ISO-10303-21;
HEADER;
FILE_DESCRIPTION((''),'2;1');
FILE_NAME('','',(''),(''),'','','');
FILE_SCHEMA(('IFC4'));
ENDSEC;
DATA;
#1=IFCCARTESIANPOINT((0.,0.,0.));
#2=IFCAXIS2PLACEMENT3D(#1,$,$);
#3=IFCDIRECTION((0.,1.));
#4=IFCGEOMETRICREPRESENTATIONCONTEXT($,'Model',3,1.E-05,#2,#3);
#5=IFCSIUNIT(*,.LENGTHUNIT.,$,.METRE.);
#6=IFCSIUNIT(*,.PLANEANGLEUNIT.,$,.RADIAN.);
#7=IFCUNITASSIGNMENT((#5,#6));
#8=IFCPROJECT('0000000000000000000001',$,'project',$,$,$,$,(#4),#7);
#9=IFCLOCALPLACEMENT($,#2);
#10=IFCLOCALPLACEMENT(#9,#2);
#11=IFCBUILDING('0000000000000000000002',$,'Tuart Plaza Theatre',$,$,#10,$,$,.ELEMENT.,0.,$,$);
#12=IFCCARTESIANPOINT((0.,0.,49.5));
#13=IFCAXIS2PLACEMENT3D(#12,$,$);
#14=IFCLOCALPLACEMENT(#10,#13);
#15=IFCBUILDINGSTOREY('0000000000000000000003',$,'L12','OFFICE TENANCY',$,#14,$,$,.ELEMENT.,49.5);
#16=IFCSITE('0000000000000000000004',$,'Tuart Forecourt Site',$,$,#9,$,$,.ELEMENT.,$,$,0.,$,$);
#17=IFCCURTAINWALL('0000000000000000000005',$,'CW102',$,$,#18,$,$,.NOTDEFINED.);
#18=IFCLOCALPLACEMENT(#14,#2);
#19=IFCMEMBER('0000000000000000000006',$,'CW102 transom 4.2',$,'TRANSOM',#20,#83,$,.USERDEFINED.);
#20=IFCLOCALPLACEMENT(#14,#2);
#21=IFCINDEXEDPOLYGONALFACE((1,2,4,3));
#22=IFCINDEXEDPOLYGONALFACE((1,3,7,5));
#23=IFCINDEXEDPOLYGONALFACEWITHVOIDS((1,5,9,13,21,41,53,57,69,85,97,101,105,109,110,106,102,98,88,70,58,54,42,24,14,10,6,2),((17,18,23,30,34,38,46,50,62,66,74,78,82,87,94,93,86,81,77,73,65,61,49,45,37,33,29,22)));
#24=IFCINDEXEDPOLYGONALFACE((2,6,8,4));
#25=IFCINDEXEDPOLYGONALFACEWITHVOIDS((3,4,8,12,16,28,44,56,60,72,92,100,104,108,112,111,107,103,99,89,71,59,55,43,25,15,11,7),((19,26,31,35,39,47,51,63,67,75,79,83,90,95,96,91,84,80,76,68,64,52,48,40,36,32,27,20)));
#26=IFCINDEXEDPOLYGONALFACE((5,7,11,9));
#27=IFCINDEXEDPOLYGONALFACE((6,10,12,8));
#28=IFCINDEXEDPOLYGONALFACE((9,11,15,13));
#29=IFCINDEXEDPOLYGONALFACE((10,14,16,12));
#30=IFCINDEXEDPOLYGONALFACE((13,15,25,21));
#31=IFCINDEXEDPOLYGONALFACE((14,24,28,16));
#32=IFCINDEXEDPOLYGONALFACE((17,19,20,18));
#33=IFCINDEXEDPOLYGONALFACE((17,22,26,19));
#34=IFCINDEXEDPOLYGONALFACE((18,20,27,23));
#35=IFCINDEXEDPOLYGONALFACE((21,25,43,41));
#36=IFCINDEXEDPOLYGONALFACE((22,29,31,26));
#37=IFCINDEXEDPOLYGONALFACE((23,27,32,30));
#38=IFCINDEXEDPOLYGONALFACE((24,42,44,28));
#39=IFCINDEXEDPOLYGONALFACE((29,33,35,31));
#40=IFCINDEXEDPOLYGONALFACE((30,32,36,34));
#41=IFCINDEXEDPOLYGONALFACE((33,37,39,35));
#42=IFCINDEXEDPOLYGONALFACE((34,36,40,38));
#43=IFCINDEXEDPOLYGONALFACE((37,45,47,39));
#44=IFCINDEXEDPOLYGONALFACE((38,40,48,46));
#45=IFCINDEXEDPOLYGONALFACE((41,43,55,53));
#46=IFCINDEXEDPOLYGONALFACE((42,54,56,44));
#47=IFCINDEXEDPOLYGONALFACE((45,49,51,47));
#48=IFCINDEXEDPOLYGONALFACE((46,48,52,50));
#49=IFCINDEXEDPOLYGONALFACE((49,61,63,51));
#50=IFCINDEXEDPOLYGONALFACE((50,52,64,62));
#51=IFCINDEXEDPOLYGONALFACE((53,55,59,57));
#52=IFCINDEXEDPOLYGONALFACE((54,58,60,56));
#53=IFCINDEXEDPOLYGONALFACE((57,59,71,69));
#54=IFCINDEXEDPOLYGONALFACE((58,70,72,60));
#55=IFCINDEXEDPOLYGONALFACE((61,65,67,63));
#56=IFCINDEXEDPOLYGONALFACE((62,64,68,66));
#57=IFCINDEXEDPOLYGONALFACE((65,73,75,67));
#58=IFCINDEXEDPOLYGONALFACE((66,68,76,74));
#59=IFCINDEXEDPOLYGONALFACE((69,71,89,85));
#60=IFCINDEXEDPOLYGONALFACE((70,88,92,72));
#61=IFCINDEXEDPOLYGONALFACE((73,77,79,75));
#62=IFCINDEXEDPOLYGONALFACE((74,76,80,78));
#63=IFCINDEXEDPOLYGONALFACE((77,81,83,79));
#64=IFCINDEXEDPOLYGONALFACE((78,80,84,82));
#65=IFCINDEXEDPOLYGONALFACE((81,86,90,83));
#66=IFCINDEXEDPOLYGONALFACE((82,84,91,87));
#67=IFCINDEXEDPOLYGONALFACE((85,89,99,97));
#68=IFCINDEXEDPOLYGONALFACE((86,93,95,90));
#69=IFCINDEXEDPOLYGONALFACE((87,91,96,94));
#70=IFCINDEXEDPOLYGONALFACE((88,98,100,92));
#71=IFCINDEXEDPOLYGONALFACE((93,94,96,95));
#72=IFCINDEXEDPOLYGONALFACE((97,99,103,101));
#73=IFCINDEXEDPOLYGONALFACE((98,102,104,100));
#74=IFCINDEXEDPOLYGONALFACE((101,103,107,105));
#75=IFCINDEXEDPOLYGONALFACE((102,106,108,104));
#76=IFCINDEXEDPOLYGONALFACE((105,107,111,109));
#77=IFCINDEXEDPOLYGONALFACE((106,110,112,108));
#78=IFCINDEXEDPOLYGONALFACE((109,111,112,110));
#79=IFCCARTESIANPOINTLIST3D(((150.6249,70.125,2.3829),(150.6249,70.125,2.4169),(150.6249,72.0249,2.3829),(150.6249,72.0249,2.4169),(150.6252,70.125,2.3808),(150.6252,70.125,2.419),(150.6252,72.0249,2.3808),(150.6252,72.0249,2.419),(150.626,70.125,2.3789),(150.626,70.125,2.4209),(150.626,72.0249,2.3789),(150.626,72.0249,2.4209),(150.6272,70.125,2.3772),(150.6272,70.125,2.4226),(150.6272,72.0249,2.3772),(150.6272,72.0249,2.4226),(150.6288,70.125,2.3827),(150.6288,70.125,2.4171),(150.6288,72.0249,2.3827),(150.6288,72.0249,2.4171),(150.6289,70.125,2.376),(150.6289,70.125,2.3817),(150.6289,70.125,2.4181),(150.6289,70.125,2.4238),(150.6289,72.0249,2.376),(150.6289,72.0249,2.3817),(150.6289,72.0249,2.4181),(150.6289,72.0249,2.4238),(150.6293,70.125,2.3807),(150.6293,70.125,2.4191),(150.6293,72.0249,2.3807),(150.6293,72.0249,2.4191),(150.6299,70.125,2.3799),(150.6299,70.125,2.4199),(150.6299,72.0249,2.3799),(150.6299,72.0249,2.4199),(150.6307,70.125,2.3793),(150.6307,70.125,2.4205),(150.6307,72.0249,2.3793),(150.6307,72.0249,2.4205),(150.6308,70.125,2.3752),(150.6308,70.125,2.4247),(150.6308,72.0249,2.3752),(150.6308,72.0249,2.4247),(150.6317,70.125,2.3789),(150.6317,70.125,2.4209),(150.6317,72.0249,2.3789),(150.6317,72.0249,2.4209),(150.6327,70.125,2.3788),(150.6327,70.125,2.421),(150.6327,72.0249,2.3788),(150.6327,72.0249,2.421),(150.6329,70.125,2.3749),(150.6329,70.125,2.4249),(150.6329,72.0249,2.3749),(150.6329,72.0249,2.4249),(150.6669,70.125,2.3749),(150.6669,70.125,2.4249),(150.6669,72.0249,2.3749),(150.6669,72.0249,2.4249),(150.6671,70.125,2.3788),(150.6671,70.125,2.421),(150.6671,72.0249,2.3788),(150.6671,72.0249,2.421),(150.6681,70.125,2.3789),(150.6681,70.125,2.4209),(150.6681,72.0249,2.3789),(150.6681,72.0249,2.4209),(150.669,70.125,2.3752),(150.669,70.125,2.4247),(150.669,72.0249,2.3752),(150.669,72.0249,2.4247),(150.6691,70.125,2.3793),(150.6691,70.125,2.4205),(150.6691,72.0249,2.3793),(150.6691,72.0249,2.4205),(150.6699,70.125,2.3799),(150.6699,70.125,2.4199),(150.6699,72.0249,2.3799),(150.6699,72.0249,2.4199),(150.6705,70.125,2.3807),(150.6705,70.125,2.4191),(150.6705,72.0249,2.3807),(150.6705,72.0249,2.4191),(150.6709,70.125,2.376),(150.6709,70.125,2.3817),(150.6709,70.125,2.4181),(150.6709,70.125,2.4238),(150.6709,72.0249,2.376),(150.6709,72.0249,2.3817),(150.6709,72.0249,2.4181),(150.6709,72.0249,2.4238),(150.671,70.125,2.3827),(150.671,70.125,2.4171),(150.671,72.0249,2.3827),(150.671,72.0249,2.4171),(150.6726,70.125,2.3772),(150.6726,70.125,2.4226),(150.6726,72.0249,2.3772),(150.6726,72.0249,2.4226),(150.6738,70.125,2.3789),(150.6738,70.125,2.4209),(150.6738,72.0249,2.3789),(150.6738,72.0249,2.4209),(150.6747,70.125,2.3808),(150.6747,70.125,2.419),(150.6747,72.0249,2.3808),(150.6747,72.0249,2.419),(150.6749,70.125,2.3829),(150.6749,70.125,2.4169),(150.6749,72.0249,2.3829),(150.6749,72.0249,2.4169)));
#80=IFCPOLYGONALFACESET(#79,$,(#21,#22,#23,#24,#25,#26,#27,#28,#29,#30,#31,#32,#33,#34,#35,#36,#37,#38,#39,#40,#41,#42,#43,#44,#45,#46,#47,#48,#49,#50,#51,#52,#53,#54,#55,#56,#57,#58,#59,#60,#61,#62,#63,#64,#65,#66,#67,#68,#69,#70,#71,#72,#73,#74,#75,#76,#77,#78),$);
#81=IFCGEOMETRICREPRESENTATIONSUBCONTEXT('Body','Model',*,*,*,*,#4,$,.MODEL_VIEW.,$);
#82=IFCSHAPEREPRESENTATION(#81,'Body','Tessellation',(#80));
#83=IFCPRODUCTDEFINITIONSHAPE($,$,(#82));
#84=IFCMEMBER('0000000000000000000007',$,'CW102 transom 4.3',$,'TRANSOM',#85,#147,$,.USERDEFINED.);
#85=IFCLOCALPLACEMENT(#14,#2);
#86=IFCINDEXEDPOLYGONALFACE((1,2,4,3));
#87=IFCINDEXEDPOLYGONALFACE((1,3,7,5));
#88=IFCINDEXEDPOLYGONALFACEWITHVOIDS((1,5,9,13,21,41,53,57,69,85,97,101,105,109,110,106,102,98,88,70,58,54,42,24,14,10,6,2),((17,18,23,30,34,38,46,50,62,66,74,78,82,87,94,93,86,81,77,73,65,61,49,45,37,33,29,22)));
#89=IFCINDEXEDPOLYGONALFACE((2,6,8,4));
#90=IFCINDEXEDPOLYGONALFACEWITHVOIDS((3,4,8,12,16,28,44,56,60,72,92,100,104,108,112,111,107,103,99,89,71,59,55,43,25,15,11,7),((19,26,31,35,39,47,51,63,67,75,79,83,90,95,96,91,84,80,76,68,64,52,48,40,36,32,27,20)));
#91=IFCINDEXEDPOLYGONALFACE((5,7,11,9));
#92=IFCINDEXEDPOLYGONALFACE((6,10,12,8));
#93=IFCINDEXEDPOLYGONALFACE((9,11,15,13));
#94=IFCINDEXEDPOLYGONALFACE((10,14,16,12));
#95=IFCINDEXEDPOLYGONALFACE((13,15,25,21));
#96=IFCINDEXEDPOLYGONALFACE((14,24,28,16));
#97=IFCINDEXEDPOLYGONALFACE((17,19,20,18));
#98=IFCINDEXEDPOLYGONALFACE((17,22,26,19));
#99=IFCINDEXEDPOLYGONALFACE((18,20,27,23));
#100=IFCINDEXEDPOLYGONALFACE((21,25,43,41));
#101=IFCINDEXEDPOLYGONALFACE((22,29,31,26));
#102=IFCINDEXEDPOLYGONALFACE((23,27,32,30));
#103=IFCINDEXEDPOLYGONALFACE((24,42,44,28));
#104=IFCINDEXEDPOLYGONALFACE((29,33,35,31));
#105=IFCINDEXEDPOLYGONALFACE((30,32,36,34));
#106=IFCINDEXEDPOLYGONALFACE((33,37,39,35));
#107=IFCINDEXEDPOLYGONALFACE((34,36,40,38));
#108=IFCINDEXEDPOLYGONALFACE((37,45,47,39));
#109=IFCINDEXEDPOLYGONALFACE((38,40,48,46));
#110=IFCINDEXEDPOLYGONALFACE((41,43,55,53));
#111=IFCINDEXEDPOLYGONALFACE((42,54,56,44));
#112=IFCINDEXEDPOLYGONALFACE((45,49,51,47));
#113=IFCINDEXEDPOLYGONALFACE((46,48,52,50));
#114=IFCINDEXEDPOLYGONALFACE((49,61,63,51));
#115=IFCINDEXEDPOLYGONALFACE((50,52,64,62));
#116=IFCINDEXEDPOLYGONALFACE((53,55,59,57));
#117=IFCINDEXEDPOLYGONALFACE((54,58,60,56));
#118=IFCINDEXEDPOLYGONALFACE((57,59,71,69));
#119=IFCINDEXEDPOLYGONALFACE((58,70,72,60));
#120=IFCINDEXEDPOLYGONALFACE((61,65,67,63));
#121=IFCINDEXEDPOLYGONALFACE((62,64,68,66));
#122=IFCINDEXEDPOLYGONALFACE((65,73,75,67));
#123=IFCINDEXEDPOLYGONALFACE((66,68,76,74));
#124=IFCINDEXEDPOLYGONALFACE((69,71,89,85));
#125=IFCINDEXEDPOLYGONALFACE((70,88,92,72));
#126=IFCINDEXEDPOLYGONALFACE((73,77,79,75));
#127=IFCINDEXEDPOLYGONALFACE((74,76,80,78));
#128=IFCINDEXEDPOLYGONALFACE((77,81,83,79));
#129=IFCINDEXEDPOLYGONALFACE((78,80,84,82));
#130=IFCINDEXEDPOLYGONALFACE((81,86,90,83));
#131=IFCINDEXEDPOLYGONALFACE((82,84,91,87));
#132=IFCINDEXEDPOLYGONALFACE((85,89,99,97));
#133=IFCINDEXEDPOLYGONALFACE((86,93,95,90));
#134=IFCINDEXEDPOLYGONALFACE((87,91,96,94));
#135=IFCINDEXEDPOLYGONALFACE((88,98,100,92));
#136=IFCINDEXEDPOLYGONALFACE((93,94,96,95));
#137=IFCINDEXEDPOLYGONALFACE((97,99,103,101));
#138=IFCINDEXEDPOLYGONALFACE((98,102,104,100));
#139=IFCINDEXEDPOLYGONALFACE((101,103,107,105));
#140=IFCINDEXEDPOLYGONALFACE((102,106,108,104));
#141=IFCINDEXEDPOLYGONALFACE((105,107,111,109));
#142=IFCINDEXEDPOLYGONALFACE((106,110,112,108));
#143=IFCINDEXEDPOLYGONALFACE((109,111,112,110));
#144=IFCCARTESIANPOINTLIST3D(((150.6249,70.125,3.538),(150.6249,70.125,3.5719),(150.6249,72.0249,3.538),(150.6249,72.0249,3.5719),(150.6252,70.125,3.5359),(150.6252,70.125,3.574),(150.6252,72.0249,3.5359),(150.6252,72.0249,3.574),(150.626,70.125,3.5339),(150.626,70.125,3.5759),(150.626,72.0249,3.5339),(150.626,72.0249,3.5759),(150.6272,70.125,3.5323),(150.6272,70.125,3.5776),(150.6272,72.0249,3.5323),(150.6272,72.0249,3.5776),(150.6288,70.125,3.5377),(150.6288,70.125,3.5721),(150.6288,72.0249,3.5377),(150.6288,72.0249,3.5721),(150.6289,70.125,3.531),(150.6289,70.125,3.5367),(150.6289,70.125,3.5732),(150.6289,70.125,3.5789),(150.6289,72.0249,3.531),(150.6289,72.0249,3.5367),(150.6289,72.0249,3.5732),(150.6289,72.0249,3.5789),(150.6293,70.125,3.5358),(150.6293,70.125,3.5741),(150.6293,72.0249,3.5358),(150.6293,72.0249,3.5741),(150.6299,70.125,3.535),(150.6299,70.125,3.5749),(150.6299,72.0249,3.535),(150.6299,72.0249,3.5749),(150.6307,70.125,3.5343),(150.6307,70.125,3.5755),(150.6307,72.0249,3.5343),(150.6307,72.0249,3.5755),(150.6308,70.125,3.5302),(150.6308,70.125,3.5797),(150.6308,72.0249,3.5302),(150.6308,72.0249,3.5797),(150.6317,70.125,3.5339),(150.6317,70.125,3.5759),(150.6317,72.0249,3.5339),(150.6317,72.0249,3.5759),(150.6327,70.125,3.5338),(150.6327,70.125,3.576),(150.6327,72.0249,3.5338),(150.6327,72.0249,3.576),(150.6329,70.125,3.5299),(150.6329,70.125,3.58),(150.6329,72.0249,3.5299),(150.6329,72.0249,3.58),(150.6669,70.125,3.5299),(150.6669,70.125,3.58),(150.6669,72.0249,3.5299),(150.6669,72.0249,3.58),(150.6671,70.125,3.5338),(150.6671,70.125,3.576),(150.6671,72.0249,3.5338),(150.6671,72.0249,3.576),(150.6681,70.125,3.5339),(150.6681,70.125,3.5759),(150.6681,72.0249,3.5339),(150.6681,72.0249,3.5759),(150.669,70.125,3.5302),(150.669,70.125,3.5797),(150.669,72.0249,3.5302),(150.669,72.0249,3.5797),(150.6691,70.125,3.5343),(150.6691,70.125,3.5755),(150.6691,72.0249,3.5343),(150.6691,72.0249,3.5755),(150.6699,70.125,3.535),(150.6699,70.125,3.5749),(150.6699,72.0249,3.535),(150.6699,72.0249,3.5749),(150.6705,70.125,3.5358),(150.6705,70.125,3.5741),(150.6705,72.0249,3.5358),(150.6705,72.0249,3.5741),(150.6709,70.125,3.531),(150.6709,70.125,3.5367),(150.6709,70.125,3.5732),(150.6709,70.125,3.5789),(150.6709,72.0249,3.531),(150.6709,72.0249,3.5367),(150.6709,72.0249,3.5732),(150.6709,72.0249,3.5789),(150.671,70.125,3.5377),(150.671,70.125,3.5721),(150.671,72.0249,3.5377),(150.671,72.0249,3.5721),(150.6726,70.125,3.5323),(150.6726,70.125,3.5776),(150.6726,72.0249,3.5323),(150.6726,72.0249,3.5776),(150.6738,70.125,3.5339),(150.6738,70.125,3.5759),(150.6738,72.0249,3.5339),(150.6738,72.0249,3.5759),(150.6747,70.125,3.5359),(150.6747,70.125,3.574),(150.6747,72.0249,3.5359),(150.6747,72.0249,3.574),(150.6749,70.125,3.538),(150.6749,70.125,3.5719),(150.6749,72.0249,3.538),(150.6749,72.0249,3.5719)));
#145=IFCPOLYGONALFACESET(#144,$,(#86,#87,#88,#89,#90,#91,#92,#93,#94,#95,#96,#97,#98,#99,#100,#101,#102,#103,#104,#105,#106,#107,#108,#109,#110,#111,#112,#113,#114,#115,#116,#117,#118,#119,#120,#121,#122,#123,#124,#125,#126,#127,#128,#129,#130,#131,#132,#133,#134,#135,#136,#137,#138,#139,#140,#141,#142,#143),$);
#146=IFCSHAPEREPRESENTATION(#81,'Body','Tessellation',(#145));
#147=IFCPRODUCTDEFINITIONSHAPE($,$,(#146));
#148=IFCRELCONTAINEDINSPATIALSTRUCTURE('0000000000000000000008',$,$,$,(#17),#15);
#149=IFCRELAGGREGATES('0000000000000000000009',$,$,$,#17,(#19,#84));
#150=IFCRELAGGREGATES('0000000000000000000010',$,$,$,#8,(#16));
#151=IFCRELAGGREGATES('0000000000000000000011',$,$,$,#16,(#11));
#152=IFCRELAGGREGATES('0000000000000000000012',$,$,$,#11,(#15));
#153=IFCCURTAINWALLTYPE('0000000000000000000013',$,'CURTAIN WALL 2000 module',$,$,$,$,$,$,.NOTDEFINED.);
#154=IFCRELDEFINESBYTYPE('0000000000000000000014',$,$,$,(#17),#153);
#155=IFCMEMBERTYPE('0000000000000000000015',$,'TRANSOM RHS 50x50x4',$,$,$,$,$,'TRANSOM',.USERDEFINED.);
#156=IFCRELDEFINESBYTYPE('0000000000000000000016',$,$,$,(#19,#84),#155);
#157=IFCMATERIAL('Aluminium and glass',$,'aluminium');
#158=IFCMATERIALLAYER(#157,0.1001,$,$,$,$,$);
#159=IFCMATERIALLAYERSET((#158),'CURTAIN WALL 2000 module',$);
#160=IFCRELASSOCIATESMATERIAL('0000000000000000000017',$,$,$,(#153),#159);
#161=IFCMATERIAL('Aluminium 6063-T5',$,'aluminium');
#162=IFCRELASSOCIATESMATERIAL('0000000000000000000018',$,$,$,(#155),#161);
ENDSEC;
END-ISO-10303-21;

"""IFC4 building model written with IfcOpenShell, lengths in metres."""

from ifc_helpers import new_model, si_unit, direction, frame, origin, origin_2d, place, context, subcontext, project, spatial, hollow_rectangle, extrude, material, layer, layer_set, material_profile, profile_set, type_object, element, aggregate, save


model = new_model("IFC4")

# Units and contexts
model_context = context("Model", 3, precision=1e-05, world=origin(), true_north=direction((0.0, 1.0)))
body_context = subcontext(model_context, "Body", "Model", "MODEL_VIEW")
ifc_project = project(units=[si_unit("LENGTHUNIT", "METRE"), si_unit("PLANEANGLEUNIT", "RADIAN")], contexts=[model_context])

# Site, building, storey
site_placement = place(None, origin())
site = spatial("IfcSite", under=ifc_project, at=site_placement, Name="Tuart Forecourt Site", CompositionType="ELEMENT", RefElevation=0.0)
building_placement = place(site_placement, origin())
building = spatial("IfcBuilding", under=site, at=building_placement, Name="Tuart Plaza Theatre", CompositionType="ELEMENT", ElevationOfRefHeight=0.0)
storey_placement = place(building_placement, frame((0.0, 0.0, 49.5)))
storey = spatial("IfcBuildingStorey", under=building, at=storey_placement, Name="L12", Description="OFFICE TENANCY", CompositionType="ELEMENT", Elevation=49.5)

# Curtain wall, members
ifc_material_1 = material(Name="Aluminium and glass", Category="aluminium")
ifc_layer_1 = layer(ifc_material_1, 0.1001)
ifc_layer_set_1 = layer_set([ifc_layer_1], Name="CURTAIN WALL 2000 module")
curtain_wall_type = type_object("IfcCurtainWallType", Name="CURTAIN WALL 2000 module", PredefinedType="NOTDEFINED", material=ifc_layer_set_1)
curtain_wall_placement = place(storey_placement, origin())
curtain_wall = element("IfcCurtainWall", 1, at=curtain_wall_placement, inside=storey, type_object=curtain_wall_type, Name="CW102", PredefinedType="NOTDEFINED")
ifc_material_2 = material(Name="Aluminium 6063-T5", Category="aluminium")
ifc_material_profile_1 = material_profile(ifc_material_2, hollow_rectangle(XDim=0.05, YDim=0.05, WallThickness=0.0039, InnerFilletRadius=0.0039, OuterFilletRadius=0.0081, at=origin_2d()), Name="RHS 50x50x4")
ifc_profile_set_1 = profile_set([ifc_material_profile_1], Name="Aluminium 6063-T5")
member_type_1 = type_object("IfcMemberType", Name="TRANSOM RHS 50x50x4", ElementType="TRANSOM", PredefinedType="USERDEFINED", material=ifc_profile_set_1)
member_1_placement = place(storey_placement, frame((150.6499, 70.125, 2.3999), z_axis=(0.0, 1.0, 0.0), x_axis=(-1.0, 0.0, 0.0)))
member_1 = element("IfcMember", 2, at=member_1_placement, type_object=member_type_1, Name="CW102 transom 4.2", ObjectType="TRANSOM", PredefinedType="USERDEFINED", context=body_context, shape_type="SweptSolid", body=[
    extrude(hollow_rectangle(XDim=0.05, YDim=0.05, WallThickness=0.0039, InnerFilletRadius=0.0039, OuterFilletRadius=0.0081, at=origin_2d()), origin(), (0.0, 0.0, 1.0), 1.8999),
])
member_2_placement = place(storey_placement, frame((150.6499, 70.125, 3.5549), z_axis=(0.0, 1.0, 0.0), x_axis=(-1.0, 0.0, 0.0)))
member_2 = element("IfcMember", 3, at=member_2_placement, type_object=member_type_1, Name="CW102 transom 4.3", ObjectType="TRANSOM", PredefinedType="USERDEFINED", context=body_context, shape_type="SweptSolid", body=[
    extrude(hollow_rectangle(XDim=0.05, YDim=0.05, WallThickness=0.0039, InnerFilletRadius=0.0039, OuterFilletRadius=0.0081, at=origin_2d()), origin(), (0.0, 0.0, 1.0), 1.8999),
])
aggregate(curtain_wall, [member_1, member_2])

save(model, "model.ifc")
